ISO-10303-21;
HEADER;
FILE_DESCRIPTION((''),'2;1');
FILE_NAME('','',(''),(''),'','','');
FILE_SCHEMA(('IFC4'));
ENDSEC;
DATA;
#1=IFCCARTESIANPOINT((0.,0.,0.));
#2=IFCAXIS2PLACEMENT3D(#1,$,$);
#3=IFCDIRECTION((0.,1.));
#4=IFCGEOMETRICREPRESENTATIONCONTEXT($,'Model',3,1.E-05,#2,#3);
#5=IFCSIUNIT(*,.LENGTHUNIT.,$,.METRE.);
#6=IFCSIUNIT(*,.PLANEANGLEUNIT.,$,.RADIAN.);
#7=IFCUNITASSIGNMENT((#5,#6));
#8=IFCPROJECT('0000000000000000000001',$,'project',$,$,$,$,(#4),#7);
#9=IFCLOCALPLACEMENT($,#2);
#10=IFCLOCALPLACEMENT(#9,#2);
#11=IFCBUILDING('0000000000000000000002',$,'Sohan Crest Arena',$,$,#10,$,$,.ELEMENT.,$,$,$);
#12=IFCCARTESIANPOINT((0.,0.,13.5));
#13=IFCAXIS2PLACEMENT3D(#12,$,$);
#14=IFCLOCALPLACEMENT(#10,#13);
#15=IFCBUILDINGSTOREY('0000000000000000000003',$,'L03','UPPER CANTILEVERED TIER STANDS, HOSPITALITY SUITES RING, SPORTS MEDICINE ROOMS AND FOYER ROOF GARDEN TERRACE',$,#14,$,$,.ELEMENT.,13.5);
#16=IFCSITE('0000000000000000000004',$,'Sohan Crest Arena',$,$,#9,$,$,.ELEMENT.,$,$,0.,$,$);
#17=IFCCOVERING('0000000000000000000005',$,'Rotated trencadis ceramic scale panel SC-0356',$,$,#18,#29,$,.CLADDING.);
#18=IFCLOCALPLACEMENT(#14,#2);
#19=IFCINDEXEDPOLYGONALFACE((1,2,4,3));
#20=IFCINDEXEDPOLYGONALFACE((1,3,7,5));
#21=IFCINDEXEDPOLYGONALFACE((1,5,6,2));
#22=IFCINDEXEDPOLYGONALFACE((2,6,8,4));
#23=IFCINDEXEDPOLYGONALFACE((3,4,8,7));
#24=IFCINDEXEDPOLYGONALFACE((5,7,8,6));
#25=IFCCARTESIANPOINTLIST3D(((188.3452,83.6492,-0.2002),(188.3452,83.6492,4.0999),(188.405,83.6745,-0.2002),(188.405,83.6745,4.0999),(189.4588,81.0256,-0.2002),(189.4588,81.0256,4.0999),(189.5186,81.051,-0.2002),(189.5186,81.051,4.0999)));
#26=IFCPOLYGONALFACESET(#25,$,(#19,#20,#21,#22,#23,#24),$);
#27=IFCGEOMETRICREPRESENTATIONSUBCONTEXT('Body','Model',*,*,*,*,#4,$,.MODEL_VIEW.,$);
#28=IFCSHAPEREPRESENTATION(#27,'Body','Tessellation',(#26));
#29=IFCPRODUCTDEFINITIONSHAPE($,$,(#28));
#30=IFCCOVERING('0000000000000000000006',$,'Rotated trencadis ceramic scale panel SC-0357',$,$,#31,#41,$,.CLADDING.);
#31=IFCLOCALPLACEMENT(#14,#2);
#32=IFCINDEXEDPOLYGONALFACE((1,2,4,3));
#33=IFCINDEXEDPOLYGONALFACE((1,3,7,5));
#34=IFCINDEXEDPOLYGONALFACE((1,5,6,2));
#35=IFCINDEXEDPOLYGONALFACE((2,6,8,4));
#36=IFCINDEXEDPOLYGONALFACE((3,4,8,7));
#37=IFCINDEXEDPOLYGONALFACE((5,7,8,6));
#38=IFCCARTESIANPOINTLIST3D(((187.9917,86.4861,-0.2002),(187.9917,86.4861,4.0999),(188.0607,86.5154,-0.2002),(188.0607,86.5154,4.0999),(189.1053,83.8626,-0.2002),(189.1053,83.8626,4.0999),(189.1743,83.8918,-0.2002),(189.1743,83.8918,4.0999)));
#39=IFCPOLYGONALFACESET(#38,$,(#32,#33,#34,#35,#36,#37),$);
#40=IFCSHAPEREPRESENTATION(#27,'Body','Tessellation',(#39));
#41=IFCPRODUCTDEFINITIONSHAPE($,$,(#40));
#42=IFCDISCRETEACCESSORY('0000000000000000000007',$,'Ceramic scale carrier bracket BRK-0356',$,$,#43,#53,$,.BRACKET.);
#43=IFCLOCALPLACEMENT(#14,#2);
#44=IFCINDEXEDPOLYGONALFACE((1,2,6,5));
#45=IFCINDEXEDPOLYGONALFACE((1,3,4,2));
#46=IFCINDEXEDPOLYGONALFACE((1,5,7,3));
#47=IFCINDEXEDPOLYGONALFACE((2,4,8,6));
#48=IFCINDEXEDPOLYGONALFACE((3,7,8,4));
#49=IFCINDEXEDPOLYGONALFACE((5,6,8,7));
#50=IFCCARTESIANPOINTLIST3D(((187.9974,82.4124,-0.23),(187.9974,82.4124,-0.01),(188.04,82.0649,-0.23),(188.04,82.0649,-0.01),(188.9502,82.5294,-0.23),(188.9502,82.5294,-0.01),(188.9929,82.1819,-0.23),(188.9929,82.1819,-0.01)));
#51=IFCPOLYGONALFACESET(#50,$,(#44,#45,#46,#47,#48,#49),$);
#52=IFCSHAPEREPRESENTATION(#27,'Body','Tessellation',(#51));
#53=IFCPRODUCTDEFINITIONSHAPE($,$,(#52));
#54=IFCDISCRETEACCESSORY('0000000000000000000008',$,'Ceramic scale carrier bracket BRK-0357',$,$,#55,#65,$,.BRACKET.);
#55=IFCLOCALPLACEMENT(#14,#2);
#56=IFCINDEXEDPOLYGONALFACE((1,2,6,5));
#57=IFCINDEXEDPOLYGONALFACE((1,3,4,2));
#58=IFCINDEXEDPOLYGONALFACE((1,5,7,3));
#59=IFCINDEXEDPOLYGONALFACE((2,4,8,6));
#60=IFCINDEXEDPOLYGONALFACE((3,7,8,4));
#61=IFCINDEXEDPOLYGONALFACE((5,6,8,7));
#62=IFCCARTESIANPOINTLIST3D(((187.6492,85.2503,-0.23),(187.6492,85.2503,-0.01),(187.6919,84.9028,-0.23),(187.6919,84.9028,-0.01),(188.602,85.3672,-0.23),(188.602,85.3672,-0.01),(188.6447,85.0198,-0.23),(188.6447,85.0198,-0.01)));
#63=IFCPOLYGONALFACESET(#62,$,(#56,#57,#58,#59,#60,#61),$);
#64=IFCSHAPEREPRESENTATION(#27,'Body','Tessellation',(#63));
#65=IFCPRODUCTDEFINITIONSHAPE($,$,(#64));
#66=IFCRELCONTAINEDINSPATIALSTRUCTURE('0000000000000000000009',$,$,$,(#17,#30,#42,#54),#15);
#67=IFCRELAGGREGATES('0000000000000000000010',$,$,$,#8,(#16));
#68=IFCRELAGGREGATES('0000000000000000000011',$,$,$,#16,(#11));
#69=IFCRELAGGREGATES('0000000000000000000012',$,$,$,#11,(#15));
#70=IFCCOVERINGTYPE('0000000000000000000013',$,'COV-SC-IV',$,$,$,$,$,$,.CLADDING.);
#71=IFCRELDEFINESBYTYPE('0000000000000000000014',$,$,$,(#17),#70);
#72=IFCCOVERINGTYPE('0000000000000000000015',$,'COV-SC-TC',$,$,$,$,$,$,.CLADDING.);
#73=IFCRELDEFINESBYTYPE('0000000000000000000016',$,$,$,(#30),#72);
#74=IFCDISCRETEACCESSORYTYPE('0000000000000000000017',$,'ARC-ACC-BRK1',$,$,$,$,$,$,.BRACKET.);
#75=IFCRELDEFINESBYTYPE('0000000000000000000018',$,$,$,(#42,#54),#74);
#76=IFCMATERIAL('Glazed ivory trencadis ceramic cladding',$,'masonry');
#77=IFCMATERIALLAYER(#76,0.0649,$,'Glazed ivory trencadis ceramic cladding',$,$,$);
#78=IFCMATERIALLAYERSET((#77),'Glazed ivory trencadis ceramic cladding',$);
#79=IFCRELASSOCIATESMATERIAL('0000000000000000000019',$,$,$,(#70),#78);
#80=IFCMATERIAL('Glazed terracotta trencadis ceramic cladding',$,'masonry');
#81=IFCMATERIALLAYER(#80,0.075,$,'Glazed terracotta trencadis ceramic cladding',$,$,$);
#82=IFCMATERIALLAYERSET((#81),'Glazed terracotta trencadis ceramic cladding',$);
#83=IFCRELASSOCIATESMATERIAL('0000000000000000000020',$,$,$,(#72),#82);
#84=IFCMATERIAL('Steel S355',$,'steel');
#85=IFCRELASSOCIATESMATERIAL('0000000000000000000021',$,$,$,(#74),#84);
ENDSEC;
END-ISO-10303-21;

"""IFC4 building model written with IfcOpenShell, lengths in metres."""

from ifc_helpers import new_model, si_unit, direction, frame, origin, origin_2d, place, context, subcontext, project, spatial, rectangle, extrude, material, layer, layer_set, type_object, element, save


model = new_model("IFC4")

# Units and contexts
model_context = context("Model", 3, precision=1e-05, world=origin(), true_north=direction((0.0, 1.0)))
body_context = subcontext(model_context, "Body", "Model", "MODEL_VIEW")
ifc_project = project(units=[si_unit("LENGTHUNIT", "METRE"), si_unit("PLANEANGLEUNIT", "RADIAN")], contexts=[model_context])

# Site, building, storey
site_placement = place(None, origin())
site = spatial("IfcSite", under=ifc_project, at=site_placement, Name="Sohan Crest Arena", CompositionType="ELEMENT", RefElevation=0.0)
building_placement = place(site_placement, origin())
building = spatial("IfcBuilding", under=site, at=building_placement, Name="Sohan Crest Arena", CompositionType="ELEMENT")
storey_placement = place(building_placement, frame((0.0, 0.0, 13.5)))
storey = spatial("IfcBuildingStorey", under=building, at=storey_placement, Name="L03", Description="UPPER CANTILEVERED TIER STANDS, HOSPITALITY SUITES RING, SPORTS MEDICINE ROOMS AND FOYER ROOF GARDEN TERRACE", CompositionType="ELEMENT", Elevation=13.5)

# Coverings
ifc_material_1 = material(Name="Glazed ivory trencadis ceramic cladding", Category="masonry")
ifc_layer_1 = layer(ifc_material_1, 0.0649, Name="Glazed ivory trencadis ceramic cladding")
ifc_layer_set_1 = layer_set([ifc_layer_1], Name="Glazed ivory trencadis ceramic cladding")
covering_type_1 = type_object("IfcCoveringType", Name="COV-SC-IV", PredefinedType="CLADDING", material=ifc_layer_set_1)
covering_1_placement = place(storey_placement, frame((188.9319, 82.3501, -0.2002), z_axis=(0.0, 0.0, 1.0), x_axis=(-0.390731, 0.920505, 0.0)))
element("IfcCovering", 1, at=covering_1_placement, inside=storey, type_object=covering_type_1, Name="Rotated trencadis ceramic scale panel SC-0356", PredefinedType="CLADDING", context=body_context, shape_type="SweptSolid", body=[
    extrude(rectangle(XDim=2.8501, YDim=0.0649, at=origin_2d()), origin(), (0.0, 0.0, 1.0), 4.3),
])
ifc_material_2 = material(Name="Glazed terracotta trencadis ceramic cladding", Category="masonry")
ifc_layer_2 = layer(ifc_material_2, 0.075, Name="Glazed terracotta trencadis ceramic cladding")
ifc_layer_set_2 = layer_set([ifc_layer_2], Name="Glazed terracotta trencadis ceramic cladding")
covering_type_2 = type_object("IfcCoveringType", Name="COV-SC-TC", PredefinedType="CLADDING", material=ifc_layer_set_2)
covering_2_placement = place(storey_placement, frame((188.583, 85.189, -0.2002), z_axis=(0.0, 0.0, 1.0), x_axis=(-0.390731, 0.920505, 0.0)))
element("IfcCovering", 2, at=covering_2_placement, inside=storey, type_object=covering_type_2, Name="Rotated trencadis ceramic scale panel SC-0357", PredefinedType="CLADDING", context=body_context, shape_type="SweptSolid", body=[
    extrude(rectangle(XDim=2.8501, YDim=0.075, at=origin_2d()), origin(), (0.0, 0.0, 1.0), 4.3),
])

# Discrete accessories
ifc_material_3 = material(Name="Steel S355", Category="steel")
discrete_accessory_type = type_object("IfcDiscreteAccessoryType", Name="ARC-ACC-BRK1", PredefinedType="BRACKET", material=ifc_material_3)
for number, where, z_axis, x_axis, name in (
    (3, (188.4951, 82.2971, -0.23), (0.0, 0.0, 1.0), (-0.121869, 0.992546, 0.0), "Ceramic scale carrier bracket BRK-0356"),
    (4, (188.147, 85.135, -0.23), (0.0, 0.0, 1.0), (-0.121869, 0.992546, 0.0), "Ceramic scale carrier bracket BRK-0357"),
):
    element("IfcDiscreteAccessory", number, at=place(storey_placement, frame(where, z_axis=z_axis, x_axis=x_axis)), inside=storey, type_object=discrete_accessory_type, Name=name, PredefinedType="BRACKET", context=body_context, shape_type="SweptSolid", body=[
        extrude(rectangle(XDim=0.3501, YDim=0.96, at=origin_2d()), origin(), (0.0, 0.0, 1.0), 0.22),
    ])

save(model, "model.ifc")
